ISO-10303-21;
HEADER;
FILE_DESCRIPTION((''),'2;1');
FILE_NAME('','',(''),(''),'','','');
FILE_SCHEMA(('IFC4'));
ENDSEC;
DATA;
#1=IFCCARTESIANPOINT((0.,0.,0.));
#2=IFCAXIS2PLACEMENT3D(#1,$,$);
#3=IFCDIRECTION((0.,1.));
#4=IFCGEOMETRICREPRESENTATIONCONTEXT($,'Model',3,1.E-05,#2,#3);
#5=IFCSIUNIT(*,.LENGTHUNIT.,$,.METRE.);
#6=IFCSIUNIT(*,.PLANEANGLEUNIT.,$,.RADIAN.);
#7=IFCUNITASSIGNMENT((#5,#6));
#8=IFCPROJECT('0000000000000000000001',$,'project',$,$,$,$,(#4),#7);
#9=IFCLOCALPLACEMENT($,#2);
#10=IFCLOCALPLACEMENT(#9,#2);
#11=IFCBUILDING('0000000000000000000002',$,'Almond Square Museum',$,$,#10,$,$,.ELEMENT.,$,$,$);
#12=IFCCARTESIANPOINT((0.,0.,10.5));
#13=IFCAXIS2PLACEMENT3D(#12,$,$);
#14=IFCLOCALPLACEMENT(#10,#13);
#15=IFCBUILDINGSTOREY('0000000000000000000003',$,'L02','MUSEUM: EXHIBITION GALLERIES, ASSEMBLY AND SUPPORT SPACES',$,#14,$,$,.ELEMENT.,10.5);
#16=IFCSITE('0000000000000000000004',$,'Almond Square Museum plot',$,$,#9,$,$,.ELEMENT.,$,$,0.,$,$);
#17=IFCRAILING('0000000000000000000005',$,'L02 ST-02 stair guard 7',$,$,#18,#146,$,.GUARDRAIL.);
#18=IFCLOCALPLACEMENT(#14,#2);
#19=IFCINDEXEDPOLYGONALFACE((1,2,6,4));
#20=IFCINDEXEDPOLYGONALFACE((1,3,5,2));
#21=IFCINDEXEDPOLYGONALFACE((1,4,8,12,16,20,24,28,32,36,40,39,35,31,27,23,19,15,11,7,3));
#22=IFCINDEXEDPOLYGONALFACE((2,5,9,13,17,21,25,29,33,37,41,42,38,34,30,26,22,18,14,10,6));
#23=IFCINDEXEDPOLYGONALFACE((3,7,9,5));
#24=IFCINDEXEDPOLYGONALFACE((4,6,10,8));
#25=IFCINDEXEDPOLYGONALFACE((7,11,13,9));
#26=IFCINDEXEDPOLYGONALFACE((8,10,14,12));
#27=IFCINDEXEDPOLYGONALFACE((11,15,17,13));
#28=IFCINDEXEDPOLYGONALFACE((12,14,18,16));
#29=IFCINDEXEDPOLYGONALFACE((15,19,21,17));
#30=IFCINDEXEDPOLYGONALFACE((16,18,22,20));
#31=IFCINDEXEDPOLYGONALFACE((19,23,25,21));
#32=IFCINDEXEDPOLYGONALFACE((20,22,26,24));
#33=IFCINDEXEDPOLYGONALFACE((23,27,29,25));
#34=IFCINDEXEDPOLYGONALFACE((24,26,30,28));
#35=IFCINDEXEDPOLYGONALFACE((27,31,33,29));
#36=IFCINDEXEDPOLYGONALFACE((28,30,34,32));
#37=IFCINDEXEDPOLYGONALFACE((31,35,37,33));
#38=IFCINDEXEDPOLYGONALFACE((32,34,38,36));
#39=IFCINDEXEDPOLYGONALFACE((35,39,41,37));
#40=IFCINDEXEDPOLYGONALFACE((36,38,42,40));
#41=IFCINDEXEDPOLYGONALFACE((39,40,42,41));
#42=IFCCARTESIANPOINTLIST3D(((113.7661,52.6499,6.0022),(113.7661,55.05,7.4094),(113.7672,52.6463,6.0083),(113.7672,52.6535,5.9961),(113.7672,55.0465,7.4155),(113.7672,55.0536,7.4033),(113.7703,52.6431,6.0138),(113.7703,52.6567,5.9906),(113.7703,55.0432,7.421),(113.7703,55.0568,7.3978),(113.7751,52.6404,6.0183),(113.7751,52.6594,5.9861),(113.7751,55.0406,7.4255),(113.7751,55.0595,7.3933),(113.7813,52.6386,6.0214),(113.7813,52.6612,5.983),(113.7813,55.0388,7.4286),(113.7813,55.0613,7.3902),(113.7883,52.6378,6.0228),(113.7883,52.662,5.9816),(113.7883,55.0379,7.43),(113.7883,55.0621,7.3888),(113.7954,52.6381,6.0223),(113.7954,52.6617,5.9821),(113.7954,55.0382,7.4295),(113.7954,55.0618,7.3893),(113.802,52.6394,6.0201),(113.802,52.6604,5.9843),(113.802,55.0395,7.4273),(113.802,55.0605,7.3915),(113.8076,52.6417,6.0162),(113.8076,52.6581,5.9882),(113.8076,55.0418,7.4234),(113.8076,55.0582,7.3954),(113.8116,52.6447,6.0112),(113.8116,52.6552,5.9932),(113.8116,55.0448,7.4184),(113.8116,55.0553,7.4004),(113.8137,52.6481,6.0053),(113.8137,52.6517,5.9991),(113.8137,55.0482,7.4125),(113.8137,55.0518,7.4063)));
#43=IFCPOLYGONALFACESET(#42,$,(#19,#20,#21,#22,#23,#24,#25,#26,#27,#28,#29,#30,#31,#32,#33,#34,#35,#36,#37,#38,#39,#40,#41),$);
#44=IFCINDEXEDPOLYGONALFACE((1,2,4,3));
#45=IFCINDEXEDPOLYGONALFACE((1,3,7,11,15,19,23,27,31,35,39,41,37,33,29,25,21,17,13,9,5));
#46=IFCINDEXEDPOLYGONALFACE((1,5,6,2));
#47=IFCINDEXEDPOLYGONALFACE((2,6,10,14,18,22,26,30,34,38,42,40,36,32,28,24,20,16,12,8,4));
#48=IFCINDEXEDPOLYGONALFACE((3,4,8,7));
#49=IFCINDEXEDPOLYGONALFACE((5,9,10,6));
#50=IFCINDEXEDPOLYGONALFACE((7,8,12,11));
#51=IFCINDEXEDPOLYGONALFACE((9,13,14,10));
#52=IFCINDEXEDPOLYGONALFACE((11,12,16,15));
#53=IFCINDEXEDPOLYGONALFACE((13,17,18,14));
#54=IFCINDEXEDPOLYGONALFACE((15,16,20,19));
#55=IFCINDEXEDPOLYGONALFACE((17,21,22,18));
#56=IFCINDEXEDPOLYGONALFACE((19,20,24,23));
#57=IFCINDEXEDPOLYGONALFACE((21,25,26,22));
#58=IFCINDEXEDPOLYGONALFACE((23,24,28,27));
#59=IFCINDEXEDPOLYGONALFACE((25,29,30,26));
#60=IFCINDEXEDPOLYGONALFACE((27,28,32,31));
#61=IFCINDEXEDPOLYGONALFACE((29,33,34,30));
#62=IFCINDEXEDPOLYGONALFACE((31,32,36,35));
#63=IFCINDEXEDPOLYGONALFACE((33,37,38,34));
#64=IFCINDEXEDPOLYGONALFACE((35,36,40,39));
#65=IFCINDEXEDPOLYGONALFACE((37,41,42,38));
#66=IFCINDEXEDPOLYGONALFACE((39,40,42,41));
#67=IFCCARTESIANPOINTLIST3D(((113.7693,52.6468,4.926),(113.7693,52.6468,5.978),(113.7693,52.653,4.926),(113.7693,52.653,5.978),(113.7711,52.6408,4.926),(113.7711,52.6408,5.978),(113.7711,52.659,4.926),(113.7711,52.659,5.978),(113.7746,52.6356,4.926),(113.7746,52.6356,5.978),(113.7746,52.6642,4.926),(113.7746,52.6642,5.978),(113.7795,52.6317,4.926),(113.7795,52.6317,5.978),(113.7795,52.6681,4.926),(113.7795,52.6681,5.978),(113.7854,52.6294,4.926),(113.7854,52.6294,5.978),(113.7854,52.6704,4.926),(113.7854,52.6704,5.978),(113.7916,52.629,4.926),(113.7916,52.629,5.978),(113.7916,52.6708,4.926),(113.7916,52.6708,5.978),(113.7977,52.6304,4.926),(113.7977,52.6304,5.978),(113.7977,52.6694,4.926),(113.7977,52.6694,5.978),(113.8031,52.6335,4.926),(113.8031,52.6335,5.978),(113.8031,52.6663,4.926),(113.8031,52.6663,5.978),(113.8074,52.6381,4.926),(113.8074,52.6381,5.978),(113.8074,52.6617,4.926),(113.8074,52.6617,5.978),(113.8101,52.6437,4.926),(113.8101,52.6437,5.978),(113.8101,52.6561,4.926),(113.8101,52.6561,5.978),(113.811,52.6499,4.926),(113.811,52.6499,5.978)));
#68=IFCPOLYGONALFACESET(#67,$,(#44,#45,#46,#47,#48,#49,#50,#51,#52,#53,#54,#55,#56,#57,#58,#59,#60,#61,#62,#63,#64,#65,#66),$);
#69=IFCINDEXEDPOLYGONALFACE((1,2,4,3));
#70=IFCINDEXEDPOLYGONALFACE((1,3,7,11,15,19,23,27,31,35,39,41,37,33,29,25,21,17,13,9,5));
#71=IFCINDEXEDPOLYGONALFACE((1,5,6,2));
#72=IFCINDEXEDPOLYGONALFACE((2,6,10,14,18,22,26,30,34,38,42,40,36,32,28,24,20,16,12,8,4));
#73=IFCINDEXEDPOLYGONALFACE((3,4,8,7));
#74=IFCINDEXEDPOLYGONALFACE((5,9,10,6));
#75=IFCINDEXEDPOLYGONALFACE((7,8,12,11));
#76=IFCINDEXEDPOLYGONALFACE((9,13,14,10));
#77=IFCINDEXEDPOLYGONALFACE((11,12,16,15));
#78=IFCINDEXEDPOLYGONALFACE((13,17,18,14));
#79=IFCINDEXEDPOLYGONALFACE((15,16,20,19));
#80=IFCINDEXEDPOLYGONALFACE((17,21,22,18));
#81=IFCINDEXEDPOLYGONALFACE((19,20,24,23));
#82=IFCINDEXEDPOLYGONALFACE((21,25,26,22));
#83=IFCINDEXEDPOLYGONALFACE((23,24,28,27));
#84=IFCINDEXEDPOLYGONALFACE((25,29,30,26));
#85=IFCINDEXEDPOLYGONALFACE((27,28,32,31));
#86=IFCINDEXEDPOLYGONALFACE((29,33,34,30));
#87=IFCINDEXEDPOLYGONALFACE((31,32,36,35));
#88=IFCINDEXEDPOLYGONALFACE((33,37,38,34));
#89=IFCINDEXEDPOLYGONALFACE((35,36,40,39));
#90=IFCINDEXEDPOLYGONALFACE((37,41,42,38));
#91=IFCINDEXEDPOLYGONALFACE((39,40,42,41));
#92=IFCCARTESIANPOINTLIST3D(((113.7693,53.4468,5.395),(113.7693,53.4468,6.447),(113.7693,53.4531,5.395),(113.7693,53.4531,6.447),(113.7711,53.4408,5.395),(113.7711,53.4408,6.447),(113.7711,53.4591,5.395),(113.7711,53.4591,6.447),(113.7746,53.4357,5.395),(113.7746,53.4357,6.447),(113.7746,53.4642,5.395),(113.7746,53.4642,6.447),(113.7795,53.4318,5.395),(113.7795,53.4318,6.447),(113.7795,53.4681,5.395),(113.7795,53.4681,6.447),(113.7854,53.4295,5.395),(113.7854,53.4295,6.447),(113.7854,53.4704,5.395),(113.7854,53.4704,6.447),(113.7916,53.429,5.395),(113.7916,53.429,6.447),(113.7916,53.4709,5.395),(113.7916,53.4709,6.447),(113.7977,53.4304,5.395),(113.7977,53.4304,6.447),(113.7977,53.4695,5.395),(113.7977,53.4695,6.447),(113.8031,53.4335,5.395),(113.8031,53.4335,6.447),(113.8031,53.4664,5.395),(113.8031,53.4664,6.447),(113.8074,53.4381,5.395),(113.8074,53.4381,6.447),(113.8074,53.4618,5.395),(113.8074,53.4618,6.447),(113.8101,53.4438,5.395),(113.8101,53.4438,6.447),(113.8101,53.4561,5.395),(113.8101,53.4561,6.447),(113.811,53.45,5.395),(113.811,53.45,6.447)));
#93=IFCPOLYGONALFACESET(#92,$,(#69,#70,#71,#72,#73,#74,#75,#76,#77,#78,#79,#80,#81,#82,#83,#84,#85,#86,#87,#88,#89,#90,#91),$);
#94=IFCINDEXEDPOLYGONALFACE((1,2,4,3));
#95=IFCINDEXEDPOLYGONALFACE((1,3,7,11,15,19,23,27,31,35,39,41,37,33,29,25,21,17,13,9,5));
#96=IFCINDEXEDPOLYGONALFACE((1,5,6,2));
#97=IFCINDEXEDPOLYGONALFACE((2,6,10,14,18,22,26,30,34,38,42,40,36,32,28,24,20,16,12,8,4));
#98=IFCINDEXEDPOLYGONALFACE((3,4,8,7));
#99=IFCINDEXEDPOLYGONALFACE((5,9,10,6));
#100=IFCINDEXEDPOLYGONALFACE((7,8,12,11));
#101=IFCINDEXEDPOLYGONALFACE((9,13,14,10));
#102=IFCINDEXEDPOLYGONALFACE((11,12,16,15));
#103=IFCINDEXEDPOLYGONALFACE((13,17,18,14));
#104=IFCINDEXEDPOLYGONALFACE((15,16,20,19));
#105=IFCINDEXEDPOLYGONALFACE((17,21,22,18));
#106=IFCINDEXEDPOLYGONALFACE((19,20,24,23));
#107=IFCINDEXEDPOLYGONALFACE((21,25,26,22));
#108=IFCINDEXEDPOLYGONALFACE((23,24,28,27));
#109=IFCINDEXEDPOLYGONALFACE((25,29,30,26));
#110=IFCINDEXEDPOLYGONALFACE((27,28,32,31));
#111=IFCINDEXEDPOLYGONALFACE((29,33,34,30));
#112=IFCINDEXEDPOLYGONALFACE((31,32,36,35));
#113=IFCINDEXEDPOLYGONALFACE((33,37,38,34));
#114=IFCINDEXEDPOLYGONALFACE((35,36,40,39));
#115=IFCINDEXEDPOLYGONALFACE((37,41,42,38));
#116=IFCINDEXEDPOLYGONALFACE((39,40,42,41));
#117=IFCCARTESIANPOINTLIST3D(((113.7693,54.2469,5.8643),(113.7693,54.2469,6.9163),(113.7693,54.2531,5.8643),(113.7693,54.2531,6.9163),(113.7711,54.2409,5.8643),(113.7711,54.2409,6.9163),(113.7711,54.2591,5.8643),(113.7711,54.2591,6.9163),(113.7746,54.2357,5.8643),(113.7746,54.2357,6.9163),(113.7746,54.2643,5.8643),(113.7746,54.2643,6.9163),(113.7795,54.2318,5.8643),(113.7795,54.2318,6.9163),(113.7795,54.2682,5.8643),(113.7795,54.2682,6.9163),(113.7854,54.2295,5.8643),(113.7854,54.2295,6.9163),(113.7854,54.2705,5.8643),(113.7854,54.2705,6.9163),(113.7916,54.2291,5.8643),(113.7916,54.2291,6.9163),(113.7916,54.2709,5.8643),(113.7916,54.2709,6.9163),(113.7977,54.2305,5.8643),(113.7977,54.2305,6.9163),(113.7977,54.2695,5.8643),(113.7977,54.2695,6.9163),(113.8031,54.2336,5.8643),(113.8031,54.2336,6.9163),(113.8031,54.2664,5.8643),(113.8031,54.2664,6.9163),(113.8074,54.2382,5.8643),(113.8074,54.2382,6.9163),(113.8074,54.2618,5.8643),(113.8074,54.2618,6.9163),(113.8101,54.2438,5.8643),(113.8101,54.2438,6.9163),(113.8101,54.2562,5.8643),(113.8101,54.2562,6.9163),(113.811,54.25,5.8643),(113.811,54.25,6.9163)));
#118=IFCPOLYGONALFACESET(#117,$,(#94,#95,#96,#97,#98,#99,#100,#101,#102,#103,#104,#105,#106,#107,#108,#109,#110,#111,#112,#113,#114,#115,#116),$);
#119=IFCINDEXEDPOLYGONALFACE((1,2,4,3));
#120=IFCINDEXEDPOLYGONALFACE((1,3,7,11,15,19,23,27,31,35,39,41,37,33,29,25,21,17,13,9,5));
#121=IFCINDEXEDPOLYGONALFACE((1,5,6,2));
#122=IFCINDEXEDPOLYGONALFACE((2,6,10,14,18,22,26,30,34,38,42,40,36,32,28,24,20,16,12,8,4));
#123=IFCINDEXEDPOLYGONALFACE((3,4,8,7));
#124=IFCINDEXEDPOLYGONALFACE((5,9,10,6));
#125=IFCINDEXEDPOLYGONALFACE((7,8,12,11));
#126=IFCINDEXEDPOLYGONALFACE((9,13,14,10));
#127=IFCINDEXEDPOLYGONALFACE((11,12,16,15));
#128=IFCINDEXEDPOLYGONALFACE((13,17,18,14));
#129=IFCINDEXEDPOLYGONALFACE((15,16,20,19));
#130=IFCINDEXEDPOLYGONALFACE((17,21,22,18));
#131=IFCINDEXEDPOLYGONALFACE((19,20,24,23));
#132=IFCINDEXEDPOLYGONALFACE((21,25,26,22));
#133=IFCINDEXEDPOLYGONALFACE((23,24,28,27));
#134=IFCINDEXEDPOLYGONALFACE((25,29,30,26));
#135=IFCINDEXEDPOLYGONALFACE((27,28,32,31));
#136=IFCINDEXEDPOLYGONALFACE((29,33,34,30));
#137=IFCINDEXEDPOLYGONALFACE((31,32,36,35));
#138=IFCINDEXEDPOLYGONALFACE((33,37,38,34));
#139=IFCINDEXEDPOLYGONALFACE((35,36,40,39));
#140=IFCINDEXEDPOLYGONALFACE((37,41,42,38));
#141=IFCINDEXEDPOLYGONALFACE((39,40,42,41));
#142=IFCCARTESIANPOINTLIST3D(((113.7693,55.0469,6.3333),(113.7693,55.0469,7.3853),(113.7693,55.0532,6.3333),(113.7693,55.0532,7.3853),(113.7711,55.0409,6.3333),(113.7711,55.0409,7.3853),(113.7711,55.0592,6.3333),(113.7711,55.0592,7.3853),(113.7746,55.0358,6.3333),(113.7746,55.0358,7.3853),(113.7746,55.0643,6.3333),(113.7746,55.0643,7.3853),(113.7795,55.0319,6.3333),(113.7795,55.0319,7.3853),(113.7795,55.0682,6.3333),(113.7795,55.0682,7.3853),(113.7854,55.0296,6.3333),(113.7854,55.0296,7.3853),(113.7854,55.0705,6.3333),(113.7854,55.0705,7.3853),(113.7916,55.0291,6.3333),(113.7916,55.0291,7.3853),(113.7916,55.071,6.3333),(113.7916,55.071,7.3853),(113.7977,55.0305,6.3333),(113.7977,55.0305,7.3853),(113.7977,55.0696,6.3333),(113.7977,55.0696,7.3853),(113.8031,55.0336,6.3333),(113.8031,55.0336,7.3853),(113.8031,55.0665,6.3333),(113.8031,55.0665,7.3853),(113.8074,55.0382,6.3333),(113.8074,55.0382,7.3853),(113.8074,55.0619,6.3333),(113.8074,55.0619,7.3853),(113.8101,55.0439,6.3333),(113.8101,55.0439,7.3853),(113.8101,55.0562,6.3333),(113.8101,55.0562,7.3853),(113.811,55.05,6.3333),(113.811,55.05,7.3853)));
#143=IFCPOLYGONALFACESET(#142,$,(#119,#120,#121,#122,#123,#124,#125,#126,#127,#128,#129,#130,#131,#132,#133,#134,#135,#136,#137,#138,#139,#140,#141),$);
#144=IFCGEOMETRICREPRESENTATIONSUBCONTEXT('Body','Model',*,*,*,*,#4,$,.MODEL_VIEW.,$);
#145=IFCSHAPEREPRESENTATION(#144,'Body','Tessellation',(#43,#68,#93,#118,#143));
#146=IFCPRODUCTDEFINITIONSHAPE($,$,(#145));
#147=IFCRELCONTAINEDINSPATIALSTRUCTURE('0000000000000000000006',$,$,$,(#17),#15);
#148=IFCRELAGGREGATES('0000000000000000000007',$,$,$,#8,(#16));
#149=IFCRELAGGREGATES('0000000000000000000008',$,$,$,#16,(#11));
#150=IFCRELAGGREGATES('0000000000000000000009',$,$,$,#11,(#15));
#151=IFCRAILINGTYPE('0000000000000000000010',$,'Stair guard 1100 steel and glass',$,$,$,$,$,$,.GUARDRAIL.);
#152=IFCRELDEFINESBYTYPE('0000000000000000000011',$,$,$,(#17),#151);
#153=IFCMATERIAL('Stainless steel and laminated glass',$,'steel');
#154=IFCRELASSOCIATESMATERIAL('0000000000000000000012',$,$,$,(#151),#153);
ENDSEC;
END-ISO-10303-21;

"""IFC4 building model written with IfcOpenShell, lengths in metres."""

from ifc_helpers import new_model, si_unit, direction, frame, origin, origin_2d, place, context, subcontext, project, spatial, circle, extrude, material, type_object, element, save


model = new_model("IFC4")

# Units and contexts
model_context = context("Model", 3, precision=1e-05, world=origin(), true_north=direction((0.0, 1.0)))
body_context = subcontext(model_context, "Body", "Model", "MODEL_VIEW")
ifc_project = project(units=[si_unit("LENGTHUNIT", "METRE"), si_unit("PLANEANGLEUNIT", "RADIAN")], contexts=[model_context])

# Site, building, storey
site_placement = place(None, origin())
site = spatial("IfcSite", under=ifc_project, at=site_placement, Name="Almond Square Museum plot", CompositionType="ELEMENT", RefElevation=0.0)
building_placement = place(site_placement, origin())
building = spatial("IfcBuilding", under=site, at=building_placement, Name="Almond Square Museum", CompositionType="ELEMENT")
storey_placement = place(building_placement, frame((0.0, 0.0, 10.5)))
storey = spatial("IfcBuildingStorey", under=building, at=storey_placement, Name="L02", Description="MUSEUM: EXHIBITION GALLERIES, ASSEMBLY AND SUPPORT SPACES", CompositionType="ELEMENT", Elevation=10.5)

# Railing
ifc_material_1 = material(Name="Stainless steel and laminated glass", Category="steel")
railing_type_1 = type_object("IfcRailingType", Name="Stair guard 1100 steel and glass", PredefinedType="GUARDRAIL", material=ifc_material_1)
railing_1_placement = place(storey_placement, frame((113.79, 52.6499, 4.926)))
element("IfcRailing", 1, at=railing_1_placement, inside=storey, type_object=railing_type_1, Name="L02 ST-02 stair guard 7", PredefinedType="GUARDRAIL", context=body_context, shape_type="SweptSolid", body=[
    extrude(circle(Radius=0.0239, at=origin_2d()), frame((0.0, 0.0, 1.0762), z_axis=(0.0, 0.86266, 0.505785), x_axis=(-1.0, 0.0, 0.0)), (0.0, 0.0, 1.0), 2.7822),
    extrude(circle(Radius=0.021, at=origin_2d()), origin(), (0.0, 0.0, 1.0), 1.052),
    extrude(circle(Radius=0.021, at=origin_2d()), frame((0.0, 0.8, 0.469)), (0.0, 0.0, 1.0), 1.052),
    extrude(circle(Radius=0.021, at=origin_2d()), frame((0.0, 1.6001, 0.9382)), (0.0, 0.0, 1.0), 1.052),
    extrude(circle(Radius=0.021, at=origin_2d()), frame((0.0, 2.4001, 1.4072)), (0.0, 0.0, 1.0), 1.052),
])

save(model, "model.ifc")
